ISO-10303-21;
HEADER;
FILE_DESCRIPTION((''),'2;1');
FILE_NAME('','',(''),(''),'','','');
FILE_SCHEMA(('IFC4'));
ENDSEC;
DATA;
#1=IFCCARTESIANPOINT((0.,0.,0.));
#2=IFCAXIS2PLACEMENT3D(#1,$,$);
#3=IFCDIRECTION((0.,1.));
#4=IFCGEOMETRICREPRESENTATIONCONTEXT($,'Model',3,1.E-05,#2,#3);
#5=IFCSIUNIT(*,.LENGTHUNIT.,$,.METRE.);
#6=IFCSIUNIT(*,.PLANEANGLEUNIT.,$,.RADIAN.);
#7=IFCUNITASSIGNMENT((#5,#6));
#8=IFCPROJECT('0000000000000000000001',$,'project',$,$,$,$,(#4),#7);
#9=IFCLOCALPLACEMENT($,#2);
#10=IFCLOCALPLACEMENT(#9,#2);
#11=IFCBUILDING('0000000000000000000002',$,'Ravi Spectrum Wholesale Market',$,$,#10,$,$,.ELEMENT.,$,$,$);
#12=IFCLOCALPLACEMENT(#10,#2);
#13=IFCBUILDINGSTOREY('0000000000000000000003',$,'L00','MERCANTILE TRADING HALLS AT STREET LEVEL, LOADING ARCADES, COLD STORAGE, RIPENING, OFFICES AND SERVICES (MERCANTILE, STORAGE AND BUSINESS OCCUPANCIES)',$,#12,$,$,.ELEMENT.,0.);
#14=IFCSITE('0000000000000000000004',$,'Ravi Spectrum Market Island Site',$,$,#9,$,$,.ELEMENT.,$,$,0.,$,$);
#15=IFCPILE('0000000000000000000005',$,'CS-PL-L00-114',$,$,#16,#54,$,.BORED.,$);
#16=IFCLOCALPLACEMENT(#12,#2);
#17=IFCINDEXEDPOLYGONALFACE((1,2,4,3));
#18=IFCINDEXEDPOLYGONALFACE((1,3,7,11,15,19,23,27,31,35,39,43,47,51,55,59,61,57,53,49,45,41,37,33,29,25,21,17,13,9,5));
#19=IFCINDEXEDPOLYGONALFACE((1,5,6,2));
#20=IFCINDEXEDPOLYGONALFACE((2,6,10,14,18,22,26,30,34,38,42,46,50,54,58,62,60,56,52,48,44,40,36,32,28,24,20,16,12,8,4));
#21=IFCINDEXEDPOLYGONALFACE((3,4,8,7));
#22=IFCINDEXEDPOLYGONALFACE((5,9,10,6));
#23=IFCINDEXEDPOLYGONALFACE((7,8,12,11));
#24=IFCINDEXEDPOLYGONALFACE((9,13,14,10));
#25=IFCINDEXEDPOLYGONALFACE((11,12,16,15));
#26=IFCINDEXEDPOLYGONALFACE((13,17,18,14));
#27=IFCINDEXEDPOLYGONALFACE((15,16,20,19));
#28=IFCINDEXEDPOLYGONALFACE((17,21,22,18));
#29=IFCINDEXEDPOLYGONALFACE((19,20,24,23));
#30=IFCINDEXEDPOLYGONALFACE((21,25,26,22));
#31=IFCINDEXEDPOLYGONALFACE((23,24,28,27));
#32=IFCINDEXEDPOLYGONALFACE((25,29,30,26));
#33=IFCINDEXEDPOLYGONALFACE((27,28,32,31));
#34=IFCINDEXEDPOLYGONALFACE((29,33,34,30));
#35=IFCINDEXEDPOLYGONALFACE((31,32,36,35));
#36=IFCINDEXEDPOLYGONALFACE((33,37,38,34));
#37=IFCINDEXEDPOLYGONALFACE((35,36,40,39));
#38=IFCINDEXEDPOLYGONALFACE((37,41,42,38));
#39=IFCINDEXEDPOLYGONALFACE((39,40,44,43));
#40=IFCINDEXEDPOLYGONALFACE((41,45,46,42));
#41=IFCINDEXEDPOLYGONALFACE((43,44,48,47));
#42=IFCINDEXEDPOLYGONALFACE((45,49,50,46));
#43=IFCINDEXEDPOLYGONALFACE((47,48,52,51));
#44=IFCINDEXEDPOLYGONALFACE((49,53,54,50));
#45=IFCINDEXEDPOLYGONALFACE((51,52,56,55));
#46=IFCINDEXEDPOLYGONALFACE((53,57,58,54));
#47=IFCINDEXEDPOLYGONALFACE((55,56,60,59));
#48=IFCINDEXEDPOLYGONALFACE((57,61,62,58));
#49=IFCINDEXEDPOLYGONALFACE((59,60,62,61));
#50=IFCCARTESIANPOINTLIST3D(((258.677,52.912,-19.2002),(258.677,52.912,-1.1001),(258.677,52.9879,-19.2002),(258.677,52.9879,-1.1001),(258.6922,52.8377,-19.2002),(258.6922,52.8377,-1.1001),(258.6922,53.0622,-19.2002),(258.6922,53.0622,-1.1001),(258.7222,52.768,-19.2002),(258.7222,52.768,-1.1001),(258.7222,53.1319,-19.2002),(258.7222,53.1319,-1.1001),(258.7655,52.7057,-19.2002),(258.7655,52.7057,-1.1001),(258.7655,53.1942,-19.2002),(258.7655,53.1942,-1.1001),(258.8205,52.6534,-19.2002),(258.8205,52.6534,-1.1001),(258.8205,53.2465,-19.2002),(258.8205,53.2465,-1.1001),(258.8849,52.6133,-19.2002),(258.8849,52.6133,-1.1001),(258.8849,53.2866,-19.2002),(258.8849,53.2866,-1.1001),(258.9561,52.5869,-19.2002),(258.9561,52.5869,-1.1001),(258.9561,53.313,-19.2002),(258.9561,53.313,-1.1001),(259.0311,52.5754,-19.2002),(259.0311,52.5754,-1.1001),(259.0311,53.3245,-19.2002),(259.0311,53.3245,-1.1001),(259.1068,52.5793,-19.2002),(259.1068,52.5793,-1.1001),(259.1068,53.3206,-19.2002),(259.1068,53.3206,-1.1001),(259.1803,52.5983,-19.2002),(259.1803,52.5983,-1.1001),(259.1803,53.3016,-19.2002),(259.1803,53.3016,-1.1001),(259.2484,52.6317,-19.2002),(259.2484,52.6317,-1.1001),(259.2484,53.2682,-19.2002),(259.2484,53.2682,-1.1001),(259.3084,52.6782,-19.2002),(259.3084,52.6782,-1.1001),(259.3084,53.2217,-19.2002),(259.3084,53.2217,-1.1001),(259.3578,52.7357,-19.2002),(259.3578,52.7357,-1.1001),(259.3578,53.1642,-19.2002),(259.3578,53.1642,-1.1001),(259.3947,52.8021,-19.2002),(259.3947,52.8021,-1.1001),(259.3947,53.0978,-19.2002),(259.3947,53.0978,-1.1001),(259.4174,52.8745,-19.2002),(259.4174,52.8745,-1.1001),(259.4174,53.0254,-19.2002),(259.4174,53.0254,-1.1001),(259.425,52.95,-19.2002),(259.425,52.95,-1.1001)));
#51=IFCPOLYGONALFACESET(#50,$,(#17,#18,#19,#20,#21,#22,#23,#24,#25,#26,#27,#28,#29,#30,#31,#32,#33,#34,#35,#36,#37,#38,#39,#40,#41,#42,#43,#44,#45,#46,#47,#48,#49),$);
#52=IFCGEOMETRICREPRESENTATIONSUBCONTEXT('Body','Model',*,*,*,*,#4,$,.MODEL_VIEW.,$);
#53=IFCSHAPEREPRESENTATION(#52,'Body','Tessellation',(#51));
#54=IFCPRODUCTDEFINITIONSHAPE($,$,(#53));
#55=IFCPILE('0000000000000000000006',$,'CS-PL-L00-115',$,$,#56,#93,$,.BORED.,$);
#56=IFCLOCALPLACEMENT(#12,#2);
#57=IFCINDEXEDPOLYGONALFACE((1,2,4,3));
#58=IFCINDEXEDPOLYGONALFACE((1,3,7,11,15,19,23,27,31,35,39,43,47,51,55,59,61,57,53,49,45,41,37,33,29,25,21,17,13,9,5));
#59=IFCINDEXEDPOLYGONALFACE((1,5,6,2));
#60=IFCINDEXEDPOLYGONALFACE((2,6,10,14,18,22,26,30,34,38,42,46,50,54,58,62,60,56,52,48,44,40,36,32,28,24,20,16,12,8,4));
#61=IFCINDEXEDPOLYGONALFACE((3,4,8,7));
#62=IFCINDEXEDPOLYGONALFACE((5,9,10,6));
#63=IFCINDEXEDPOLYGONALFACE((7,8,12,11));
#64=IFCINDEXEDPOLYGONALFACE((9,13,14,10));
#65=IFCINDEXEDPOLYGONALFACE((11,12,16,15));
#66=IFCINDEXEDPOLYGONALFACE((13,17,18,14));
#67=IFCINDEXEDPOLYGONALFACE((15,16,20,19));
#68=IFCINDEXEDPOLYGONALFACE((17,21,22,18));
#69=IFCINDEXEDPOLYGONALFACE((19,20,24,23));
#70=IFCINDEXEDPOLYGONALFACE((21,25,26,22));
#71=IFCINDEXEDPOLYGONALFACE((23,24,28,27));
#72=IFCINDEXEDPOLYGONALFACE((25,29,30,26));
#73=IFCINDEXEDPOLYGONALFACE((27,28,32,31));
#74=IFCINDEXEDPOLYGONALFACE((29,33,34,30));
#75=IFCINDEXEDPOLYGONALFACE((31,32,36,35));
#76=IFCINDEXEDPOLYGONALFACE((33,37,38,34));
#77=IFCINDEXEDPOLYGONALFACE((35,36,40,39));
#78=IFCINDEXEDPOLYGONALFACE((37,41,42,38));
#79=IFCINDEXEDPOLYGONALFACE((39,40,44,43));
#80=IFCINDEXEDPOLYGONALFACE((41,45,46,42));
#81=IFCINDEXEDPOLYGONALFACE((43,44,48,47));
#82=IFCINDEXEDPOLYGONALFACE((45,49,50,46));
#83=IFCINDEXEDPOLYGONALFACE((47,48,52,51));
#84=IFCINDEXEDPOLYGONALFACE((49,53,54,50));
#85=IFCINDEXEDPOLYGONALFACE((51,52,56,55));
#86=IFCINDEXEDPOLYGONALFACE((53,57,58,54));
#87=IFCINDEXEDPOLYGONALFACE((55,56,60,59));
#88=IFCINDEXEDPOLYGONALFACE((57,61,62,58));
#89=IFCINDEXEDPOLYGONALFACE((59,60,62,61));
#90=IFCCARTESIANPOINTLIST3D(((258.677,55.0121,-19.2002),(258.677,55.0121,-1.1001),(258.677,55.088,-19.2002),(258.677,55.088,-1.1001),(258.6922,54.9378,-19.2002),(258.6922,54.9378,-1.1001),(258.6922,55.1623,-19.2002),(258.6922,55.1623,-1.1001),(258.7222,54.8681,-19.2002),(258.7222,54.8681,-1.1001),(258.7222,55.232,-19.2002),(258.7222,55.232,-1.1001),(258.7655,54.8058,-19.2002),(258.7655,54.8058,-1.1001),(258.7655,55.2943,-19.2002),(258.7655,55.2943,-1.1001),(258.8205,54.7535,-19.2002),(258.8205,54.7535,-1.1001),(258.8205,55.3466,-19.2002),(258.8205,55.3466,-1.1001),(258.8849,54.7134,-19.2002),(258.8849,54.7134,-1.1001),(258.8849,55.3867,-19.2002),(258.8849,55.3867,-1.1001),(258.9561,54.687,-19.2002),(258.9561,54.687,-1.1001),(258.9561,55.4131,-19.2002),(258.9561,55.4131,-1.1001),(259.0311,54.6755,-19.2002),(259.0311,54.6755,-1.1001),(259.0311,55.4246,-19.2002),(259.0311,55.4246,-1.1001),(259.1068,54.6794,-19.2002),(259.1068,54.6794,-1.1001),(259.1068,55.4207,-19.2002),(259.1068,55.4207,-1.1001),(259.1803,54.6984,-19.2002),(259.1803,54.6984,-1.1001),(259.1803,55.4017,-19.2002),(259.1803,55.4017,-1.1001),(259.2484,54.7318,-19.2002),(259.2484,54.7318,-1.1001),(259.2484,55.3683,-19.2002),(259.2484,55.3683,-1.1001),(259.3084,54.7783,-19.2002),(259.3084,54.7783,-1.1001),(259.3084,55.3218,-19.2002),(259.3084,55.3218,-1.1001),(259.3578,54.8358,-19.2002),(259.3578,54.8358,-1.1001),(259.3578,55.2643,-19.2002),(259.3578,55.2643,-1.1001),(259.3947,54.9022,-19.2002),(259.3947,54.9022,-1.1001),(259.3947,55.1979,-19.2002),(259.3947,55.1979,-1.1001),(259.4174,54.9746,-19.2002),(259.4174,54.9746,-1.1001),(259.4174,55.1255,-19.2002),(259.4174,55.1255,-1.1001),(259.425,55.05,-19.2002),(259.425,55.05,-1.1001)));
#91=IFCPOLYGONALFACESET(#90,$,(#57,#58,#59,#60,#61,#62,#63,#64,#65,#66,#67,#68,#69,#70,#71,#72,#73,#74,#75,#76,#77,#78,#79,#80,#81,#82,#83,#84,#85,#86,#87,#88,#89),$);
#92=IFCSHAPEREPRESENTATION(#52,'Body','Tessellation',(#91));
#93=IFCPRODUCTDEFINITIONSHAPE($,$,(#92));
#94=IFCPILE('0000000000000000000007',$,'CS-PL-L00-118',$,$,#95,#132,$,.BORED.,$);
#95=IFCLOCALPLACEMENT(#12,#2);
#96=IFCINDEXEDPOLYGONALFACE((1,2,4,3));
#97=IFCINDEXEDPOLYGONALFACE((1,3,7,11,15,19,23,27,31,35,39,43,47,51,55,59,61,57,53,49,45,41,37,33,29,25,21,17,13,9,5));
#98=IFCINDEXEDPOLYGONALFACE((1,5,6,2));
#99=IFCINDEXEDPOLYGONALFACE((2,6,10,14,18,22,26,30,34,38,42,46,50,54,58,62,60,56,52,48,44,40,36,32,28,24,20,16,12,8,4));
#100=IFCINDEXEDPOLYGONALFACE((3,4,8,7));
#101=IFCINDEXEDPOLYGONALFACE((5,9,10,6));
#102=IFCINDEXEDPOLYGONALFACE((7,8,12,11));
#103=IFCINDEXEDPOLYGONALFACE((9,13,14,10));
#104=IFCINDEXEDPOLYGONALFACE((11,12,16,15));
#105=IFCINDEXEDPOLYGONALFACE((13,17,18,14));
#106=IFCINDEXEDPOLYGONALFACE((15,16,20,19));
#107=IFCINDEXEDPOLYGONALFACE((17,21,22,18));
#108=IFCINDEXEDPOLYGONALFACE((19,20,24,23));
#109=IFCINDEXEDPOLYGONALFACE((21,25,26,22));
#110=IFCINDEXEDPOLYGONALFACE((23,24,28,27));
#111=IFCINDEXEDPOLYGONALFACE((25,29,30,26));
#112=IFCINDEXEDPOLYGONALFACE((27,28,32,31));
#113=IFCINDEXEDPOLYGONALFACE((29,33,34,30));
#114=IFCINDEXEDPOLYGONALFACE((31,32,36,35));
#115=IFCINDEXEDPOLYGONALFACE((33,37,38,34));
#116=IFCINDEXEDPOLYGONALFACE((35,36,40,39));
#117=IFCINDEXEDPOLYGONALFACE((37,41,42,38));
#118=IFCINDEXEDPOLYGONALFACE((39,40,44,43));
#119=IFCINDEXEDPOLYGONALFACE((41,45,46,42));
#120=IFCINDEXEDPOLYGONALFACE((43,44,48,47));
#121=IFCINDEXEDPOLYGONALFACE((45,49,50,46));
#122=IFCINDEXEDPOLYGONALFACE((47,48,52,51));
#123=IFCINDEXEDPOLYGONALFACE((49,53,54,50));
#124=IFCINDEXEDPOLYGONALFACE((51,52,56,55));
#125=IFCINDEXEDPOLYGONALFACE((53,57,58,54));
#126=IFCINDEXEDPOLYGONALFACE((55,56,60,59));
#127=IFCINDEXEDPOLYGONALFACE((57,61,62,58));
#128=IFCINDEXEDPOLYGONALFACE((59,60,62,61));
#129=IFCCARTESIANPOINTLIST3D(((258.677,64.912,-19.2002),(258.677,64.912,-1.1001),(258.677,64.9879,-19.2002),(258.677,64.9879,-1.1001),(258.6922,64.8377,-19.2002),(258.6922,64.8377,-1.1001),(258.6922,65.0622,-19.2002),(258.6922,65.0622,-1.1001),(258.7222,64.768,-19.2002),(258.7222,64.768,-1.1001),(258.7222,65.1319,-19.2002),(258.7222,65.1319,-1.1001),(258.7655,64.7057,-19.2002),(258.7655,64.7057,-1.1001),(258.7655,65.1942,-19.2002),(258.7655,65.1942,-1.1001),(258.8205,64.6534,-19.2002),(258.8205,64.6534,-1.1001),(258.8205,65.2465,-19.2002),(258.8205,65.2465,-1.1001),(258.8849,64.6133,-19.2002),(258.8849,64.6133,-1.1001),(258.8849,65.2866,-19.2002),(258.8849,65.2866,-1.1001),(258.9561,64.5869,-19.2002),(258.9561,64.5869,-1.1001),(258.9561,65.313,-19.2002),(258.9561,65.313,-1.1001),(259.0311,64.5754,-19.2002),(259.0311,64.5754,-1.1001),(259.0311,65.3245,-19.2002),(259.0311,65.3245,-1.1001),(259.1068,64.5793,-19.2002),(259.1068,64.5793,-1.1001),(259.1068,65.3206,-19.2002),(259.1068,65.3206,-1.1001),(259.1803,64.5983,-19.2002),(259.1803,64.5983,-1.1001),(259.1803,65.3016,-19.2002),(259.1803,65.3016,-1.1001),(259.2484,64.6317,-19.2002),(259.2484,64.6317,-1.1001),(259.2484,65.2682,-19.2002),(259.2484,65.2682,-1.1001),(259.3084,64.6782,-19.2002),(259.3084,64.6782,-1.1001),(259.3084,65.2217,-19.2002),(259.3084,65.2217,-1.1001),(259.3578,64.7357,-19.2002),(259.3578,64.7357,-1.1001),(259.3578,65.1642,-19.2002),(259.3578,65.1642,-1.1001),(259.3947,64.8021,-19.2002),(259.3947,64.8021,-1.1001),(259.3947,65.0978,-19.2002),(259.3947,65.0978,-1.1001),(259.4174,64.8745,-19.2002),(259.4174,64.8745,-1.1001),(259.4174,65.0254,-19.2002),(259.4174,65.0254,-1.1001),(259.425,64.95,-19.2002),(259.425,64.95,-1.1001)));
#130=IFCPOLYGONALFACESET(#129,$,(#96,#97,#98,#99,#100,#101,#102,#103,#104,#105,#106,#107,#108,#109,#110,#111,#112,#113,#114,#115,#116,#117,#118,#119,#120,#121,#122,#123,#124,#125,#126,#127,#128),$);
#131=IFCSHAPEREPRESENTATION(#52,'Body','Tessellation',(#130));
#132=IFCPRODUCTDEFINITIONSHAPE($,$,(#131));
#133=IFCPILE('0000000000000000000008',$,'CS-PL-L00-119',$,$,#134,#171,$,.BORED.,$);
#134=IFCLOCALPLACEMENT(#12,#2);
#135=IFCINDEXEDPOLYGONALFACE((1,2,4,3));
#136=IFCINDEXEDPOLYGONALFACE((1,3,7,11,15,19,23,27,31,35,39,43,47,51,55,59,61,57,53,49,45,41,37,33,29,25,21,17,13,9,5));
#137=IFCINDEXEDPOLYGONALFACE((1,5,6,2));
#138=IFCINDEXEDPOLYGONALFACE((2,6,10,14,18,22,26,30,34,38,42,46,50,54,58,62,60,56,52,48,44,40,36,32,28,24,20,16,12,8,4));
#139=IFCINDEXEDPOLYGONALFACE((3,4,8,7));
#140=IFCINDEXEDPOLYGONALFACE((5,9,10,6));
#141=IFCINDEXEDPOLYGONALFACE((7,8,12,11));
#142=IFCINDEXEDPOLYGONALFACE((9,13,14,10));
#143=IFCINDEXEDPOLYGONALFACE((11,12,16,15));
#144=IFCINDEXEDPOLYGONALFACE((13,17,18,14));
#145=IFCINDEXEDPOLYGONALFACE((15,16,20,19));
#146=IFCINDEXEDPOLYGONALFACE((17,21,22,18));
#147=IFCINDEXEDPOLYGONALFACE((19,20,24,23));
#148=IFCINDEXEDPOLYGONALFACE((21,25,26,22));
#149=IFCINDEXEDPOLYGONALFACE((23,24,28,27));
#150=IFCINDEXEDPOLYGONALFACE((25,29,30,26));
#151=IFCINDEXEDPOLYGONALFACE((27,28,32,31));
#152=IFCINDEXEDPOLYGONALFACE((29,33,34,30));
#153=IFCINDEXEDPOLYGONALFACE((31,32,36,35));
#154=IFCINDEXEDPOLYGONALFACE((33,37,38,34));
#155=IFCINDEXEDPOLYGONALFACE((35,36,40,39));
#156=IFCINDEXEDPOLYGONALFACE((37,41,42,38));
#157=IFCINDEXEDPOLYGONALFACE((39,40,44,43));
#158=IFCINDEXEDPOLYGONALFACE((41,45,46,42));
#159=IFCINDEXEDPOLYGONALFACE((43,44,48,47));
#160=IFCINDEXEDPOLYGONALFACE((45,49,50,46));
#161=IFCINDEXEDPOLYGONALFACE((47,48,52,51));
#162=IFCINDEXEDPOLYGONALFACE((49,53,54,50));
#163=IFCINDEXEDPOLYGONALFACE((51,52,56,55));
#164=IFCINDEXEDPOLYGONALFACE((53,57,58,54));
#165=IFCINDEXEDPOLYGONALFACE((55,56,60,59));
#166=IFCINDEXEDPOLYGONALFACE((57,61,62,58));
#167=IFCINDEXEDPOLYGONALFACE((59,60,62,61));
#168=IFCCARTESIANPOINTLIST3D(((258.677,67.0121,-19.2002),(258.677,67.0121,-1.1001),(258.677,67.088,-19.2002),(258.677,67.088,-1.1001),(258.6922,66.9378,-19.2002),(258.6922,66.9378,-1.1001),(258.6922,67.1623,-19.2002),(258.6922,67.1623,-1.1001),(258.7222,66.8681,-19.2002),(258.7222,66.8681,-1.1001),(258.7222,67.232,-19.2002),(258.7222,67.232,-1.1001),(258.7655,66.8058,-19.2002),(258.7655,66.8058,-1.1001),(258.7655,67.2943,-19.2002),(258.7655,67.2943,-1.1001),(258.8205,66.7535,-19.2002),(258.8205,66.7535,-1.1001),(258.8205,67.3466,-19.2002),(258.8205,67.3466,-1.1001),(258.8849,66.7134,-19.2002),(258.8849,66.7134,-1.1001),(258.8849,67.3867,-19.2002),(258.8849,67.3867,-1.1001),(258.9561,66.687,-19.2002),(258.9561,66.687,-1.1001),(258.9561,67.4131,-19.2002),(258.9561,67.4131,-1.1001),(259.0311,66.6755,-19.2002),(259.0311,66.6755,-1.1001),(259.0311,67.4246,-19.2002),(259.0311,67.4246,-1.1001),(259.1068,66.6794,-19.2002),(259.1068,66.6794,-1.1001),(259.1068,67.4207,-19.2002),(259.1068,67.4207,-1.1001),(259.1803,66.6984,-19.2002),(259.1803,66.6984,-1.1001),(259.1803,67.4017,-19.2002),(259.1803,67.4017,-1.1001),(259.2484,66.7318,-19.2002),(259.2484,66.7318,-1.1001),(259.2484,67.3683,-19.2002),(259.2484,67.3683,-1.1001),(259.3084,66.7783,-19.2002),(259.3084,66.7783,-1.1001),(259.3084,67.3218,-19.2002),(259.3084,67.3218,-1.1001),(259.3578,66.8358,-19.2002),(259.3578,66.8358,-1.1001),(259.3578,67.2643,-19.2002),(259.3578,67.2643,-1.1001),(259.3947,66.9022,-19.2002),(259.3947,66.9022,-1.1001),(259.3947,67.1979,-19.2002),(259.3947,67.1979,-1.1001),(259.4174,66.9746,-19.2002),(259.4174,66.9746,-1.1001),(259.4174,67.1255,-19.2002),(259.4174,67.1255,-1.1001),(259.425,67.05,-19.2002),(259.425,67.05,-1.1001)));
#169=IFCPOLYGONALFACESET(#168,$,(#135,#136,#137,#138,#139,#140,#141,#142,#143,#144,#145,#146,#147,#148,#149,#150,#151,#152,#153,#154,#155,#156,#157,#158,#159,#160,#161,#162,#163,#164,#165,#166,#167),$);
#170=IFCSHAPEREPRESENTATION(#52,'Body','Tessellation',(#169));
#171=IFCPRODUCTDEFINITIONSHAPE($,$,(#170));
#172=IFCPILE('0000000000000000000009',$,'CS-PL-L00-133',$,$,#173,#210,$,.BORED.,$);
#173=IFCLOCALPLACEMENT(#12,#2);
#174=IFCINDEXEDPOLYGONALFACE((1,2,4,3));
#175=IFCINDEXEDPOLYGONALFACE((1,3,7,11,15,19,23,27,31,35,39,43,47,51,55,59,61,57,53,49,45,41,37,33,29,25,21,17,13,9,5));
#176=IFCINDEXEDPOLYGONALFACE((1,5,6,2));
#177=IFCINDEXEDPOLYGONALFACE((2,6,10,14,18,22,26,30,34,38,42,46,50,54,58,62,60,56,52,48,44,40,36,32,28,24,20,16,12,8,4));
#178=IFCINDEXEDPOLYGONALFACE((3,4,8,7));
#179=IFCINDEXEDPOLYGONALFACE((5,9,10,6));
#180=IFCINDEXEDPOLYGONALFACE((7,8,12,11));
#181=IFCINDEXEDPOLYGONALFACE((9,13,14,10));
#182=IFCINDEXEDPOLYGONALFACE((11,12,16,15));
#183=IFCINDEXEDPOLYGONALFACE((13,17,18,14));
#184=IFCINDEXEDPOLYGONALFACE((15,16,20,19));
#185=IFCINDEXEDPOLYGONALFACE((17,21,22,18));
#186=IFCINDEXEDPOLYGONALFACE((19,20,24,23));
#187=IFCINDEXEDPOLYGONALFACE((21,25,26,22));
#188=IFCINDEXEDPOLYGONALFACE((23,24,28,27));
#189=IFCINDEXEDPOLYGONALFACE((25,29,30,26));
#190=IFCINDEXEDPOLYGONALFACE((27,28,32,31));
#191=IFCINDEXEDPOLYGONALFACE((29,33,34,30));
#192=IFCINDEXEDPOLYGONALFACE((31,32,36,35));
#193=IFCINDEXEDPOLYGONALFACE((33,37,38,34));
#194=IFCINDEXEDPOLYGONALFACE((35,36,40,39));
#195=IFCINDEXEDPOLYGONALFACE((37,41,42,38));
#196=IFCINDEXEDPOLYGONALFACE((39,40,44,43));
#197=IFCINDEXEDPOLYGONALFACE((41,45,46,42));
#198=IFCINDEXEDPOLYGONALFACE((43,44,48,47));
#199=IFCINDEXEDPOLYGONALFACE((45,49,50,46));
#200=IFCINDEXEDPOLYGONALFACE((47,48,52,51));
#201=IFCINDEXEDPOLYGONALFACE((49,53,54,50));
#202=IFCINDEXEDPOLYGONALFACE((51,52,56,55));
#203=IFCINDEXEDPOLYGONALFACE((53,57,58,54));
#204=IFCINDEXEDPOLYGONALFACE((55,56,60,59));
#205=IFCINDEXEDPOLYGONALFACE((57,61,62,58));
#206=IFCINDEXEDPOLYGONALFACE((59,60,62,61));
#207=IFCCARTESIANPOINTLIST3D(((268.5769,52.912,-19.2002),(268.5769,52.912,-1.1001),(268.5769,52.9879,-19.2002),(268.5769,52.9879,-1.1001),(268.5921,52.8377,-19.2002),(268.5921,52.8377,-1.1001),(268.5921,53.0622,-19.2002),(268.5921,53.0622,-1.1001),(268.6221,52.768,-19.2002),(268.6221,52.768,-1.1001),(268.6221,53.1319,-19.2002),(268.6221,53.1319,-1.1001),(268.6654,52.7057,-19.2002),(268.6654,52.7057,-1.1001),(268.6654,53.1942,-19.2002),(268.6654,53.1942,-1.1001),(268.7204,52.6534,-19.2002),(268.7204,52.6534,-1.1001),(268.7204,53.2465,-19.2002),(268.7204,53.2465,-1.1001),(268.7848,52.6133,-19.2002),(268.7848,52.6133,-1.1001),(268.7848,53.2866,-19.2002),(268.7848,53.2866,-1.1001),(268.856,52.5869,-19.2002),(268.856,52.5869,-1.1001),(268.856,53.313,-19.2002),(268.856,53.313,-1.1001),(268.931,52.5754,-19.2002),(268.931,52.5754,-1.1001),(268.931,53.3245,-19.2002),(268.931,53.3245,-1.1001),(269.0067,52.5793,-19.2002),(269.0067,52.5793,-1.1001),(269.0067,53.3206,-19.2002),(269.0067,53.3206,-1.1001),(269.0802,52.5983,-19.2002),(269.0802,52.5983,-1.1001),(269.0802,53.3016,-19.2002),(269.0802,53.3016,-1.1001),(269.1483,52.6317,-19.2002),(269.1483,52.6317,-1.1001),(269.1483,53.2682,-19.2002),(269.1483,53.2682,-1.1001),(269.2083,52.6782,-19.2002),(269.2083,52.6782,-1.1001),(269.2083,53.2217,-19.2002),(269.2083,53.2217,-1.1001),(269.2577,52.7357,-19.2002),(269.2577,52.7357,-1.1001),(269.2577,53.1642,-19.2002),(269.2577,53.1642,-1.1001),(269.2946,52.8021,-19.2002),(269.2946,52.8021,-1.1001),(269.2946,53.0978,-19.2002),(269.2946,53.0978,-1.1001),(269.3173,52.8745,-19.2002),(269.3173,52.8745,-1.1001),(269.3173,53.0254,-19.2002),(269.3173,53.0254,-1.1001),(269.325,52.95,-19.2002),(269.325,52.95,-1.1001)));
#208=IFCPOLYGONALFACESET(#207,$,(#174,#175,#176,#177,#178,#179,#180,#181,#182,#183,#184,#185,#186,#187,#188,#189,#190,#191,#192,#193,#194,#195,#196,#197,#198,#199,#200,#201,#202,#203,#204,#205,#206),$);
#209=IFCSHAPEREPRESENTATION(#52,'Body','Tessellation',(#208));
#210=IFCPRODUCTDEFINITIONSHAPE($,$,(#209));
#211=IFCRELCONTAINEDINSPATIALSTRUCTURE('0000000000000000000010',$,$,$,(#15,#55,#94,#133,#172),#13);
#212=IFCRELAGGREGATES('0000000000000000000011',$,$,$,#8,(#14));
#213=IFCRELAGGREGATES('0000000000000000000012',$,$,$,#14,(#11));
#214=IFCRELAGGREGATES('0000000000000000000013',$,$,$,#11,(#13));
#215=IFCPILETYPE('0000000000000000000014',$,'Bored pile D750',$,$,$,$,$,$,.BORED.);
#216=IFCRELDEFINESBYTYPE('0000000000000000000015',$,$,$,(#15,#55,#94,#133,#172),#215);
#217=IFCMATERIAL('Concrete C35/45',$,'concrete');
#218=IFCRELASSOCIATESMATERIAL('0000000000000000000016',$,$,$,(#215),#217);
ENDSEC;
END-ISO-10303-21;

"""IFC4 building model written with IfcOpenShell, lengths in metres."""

from ifc_helpers import new_model, si_unit, direction, frame, origin, origin_2d, place, context, subcontext, project, spatial, circle, extrude, material, material_profile, profile_set, type_object, element, save


model = new_model("IFC4")

# Units and contexts
model_context = context("Model", 3, precision=1e-05, world=origin(), true_north=direction((0.0, 1.0)))
body_context = subcontext(model_context, "Body", "Model", "MODEL_VIEW")
ifc_project = project(units=[si_unit("LENGTHUNIT", "METRE"), si_unit("PLANEANGLEUNIT", "RADIAN")], contexts=[model_context])

# Site, building, storey
site_placement = place(None, origin())
site = spatial("IfcSite", under=ifc_project, at=site_placement, Name="Ravi Spectrum Market Island Site", CompositionType="ELEMENT", RefElevation=0.0)
building_placement = place(site_placement, origin())
building = spatial("IfcBuilding", under=site, at=building_placement, Name="Ravi Spectrum Wholesale Market", CompositionType="ELEMENT")
storey_placement = place(building_placement, origin())
storey = spatial("IfcBuildingStorey", under=building, at=storey_placement, Name="L00", Description="MERCANTILE TRADING HALLS AT STREET LEVEL, LOADING ARCADES, COLD STORAGE, RIPENING, OFFICES AND SERVICES (MERCANTILE, STORAGE AND BUSINESS OCCUPANCIES)", CompositionType="ELEMENT", Elevation=0.0)

# Piles
ifc_material_1 = material(Name="Concrete C35/45", Category="concrete")
ifc_material_profile_1 = material_profile(ifc_material_1, circle(Radius=0.375, at=origin_2d()))
ifc_profile_set_1 = profile_set([ifc_material_profile_1], Name="Concrete C35/45")
pile_type = type_object("IfcPileType", Name="Bored pile D750", PredefinedType="BORED", material=ifc_profile_set_1)
for number, where, z_axis, x_axis, name in (
    (1, (259.05, 52.95, -1.1001), (0.0, 0.0, -1.0), (1.0, 0.0, 0.0), "CS-PL-L00-114"),
    (2, (259.05, 55.05, -1.1001), (0.0, 0.0, -1.0), (1.0, 0.0, 0.0), "CS-PL-L00-115"),
    (3, (259.05, 64.95, -1.1001), (0.0, 0.0, -1.0), (1.0, 0.0, 0.0), "CS-PL-L00-118"),
    (4, (259.05, 67.05, -1.1001), (0.0, 0.0, -1.0), (1.0, 0.0, 0.0), "CS-PL-L00-119"),
    (5, (268.95, 52.95, -1.1001), (0.0, 0.0, -1.0), (1.0, 0.0, 0.0), "CS-PL-L00-133"),
):
    element("IfcPile", number, at=place(storey_placement, frame(where, z_axis=z_axis, x_axis=x_axis)), inside=storey, type_object=pile_type, Name=name, PredefinedType="BORED", context=body_context, shape_type="SweptSolid", body=[
        extrude(circle(Radius=0.375, at=origin_2d()), origin(), (0.0, 0.0, 1.0), 18.1001),
    ])

save(model, "model.ifc")
